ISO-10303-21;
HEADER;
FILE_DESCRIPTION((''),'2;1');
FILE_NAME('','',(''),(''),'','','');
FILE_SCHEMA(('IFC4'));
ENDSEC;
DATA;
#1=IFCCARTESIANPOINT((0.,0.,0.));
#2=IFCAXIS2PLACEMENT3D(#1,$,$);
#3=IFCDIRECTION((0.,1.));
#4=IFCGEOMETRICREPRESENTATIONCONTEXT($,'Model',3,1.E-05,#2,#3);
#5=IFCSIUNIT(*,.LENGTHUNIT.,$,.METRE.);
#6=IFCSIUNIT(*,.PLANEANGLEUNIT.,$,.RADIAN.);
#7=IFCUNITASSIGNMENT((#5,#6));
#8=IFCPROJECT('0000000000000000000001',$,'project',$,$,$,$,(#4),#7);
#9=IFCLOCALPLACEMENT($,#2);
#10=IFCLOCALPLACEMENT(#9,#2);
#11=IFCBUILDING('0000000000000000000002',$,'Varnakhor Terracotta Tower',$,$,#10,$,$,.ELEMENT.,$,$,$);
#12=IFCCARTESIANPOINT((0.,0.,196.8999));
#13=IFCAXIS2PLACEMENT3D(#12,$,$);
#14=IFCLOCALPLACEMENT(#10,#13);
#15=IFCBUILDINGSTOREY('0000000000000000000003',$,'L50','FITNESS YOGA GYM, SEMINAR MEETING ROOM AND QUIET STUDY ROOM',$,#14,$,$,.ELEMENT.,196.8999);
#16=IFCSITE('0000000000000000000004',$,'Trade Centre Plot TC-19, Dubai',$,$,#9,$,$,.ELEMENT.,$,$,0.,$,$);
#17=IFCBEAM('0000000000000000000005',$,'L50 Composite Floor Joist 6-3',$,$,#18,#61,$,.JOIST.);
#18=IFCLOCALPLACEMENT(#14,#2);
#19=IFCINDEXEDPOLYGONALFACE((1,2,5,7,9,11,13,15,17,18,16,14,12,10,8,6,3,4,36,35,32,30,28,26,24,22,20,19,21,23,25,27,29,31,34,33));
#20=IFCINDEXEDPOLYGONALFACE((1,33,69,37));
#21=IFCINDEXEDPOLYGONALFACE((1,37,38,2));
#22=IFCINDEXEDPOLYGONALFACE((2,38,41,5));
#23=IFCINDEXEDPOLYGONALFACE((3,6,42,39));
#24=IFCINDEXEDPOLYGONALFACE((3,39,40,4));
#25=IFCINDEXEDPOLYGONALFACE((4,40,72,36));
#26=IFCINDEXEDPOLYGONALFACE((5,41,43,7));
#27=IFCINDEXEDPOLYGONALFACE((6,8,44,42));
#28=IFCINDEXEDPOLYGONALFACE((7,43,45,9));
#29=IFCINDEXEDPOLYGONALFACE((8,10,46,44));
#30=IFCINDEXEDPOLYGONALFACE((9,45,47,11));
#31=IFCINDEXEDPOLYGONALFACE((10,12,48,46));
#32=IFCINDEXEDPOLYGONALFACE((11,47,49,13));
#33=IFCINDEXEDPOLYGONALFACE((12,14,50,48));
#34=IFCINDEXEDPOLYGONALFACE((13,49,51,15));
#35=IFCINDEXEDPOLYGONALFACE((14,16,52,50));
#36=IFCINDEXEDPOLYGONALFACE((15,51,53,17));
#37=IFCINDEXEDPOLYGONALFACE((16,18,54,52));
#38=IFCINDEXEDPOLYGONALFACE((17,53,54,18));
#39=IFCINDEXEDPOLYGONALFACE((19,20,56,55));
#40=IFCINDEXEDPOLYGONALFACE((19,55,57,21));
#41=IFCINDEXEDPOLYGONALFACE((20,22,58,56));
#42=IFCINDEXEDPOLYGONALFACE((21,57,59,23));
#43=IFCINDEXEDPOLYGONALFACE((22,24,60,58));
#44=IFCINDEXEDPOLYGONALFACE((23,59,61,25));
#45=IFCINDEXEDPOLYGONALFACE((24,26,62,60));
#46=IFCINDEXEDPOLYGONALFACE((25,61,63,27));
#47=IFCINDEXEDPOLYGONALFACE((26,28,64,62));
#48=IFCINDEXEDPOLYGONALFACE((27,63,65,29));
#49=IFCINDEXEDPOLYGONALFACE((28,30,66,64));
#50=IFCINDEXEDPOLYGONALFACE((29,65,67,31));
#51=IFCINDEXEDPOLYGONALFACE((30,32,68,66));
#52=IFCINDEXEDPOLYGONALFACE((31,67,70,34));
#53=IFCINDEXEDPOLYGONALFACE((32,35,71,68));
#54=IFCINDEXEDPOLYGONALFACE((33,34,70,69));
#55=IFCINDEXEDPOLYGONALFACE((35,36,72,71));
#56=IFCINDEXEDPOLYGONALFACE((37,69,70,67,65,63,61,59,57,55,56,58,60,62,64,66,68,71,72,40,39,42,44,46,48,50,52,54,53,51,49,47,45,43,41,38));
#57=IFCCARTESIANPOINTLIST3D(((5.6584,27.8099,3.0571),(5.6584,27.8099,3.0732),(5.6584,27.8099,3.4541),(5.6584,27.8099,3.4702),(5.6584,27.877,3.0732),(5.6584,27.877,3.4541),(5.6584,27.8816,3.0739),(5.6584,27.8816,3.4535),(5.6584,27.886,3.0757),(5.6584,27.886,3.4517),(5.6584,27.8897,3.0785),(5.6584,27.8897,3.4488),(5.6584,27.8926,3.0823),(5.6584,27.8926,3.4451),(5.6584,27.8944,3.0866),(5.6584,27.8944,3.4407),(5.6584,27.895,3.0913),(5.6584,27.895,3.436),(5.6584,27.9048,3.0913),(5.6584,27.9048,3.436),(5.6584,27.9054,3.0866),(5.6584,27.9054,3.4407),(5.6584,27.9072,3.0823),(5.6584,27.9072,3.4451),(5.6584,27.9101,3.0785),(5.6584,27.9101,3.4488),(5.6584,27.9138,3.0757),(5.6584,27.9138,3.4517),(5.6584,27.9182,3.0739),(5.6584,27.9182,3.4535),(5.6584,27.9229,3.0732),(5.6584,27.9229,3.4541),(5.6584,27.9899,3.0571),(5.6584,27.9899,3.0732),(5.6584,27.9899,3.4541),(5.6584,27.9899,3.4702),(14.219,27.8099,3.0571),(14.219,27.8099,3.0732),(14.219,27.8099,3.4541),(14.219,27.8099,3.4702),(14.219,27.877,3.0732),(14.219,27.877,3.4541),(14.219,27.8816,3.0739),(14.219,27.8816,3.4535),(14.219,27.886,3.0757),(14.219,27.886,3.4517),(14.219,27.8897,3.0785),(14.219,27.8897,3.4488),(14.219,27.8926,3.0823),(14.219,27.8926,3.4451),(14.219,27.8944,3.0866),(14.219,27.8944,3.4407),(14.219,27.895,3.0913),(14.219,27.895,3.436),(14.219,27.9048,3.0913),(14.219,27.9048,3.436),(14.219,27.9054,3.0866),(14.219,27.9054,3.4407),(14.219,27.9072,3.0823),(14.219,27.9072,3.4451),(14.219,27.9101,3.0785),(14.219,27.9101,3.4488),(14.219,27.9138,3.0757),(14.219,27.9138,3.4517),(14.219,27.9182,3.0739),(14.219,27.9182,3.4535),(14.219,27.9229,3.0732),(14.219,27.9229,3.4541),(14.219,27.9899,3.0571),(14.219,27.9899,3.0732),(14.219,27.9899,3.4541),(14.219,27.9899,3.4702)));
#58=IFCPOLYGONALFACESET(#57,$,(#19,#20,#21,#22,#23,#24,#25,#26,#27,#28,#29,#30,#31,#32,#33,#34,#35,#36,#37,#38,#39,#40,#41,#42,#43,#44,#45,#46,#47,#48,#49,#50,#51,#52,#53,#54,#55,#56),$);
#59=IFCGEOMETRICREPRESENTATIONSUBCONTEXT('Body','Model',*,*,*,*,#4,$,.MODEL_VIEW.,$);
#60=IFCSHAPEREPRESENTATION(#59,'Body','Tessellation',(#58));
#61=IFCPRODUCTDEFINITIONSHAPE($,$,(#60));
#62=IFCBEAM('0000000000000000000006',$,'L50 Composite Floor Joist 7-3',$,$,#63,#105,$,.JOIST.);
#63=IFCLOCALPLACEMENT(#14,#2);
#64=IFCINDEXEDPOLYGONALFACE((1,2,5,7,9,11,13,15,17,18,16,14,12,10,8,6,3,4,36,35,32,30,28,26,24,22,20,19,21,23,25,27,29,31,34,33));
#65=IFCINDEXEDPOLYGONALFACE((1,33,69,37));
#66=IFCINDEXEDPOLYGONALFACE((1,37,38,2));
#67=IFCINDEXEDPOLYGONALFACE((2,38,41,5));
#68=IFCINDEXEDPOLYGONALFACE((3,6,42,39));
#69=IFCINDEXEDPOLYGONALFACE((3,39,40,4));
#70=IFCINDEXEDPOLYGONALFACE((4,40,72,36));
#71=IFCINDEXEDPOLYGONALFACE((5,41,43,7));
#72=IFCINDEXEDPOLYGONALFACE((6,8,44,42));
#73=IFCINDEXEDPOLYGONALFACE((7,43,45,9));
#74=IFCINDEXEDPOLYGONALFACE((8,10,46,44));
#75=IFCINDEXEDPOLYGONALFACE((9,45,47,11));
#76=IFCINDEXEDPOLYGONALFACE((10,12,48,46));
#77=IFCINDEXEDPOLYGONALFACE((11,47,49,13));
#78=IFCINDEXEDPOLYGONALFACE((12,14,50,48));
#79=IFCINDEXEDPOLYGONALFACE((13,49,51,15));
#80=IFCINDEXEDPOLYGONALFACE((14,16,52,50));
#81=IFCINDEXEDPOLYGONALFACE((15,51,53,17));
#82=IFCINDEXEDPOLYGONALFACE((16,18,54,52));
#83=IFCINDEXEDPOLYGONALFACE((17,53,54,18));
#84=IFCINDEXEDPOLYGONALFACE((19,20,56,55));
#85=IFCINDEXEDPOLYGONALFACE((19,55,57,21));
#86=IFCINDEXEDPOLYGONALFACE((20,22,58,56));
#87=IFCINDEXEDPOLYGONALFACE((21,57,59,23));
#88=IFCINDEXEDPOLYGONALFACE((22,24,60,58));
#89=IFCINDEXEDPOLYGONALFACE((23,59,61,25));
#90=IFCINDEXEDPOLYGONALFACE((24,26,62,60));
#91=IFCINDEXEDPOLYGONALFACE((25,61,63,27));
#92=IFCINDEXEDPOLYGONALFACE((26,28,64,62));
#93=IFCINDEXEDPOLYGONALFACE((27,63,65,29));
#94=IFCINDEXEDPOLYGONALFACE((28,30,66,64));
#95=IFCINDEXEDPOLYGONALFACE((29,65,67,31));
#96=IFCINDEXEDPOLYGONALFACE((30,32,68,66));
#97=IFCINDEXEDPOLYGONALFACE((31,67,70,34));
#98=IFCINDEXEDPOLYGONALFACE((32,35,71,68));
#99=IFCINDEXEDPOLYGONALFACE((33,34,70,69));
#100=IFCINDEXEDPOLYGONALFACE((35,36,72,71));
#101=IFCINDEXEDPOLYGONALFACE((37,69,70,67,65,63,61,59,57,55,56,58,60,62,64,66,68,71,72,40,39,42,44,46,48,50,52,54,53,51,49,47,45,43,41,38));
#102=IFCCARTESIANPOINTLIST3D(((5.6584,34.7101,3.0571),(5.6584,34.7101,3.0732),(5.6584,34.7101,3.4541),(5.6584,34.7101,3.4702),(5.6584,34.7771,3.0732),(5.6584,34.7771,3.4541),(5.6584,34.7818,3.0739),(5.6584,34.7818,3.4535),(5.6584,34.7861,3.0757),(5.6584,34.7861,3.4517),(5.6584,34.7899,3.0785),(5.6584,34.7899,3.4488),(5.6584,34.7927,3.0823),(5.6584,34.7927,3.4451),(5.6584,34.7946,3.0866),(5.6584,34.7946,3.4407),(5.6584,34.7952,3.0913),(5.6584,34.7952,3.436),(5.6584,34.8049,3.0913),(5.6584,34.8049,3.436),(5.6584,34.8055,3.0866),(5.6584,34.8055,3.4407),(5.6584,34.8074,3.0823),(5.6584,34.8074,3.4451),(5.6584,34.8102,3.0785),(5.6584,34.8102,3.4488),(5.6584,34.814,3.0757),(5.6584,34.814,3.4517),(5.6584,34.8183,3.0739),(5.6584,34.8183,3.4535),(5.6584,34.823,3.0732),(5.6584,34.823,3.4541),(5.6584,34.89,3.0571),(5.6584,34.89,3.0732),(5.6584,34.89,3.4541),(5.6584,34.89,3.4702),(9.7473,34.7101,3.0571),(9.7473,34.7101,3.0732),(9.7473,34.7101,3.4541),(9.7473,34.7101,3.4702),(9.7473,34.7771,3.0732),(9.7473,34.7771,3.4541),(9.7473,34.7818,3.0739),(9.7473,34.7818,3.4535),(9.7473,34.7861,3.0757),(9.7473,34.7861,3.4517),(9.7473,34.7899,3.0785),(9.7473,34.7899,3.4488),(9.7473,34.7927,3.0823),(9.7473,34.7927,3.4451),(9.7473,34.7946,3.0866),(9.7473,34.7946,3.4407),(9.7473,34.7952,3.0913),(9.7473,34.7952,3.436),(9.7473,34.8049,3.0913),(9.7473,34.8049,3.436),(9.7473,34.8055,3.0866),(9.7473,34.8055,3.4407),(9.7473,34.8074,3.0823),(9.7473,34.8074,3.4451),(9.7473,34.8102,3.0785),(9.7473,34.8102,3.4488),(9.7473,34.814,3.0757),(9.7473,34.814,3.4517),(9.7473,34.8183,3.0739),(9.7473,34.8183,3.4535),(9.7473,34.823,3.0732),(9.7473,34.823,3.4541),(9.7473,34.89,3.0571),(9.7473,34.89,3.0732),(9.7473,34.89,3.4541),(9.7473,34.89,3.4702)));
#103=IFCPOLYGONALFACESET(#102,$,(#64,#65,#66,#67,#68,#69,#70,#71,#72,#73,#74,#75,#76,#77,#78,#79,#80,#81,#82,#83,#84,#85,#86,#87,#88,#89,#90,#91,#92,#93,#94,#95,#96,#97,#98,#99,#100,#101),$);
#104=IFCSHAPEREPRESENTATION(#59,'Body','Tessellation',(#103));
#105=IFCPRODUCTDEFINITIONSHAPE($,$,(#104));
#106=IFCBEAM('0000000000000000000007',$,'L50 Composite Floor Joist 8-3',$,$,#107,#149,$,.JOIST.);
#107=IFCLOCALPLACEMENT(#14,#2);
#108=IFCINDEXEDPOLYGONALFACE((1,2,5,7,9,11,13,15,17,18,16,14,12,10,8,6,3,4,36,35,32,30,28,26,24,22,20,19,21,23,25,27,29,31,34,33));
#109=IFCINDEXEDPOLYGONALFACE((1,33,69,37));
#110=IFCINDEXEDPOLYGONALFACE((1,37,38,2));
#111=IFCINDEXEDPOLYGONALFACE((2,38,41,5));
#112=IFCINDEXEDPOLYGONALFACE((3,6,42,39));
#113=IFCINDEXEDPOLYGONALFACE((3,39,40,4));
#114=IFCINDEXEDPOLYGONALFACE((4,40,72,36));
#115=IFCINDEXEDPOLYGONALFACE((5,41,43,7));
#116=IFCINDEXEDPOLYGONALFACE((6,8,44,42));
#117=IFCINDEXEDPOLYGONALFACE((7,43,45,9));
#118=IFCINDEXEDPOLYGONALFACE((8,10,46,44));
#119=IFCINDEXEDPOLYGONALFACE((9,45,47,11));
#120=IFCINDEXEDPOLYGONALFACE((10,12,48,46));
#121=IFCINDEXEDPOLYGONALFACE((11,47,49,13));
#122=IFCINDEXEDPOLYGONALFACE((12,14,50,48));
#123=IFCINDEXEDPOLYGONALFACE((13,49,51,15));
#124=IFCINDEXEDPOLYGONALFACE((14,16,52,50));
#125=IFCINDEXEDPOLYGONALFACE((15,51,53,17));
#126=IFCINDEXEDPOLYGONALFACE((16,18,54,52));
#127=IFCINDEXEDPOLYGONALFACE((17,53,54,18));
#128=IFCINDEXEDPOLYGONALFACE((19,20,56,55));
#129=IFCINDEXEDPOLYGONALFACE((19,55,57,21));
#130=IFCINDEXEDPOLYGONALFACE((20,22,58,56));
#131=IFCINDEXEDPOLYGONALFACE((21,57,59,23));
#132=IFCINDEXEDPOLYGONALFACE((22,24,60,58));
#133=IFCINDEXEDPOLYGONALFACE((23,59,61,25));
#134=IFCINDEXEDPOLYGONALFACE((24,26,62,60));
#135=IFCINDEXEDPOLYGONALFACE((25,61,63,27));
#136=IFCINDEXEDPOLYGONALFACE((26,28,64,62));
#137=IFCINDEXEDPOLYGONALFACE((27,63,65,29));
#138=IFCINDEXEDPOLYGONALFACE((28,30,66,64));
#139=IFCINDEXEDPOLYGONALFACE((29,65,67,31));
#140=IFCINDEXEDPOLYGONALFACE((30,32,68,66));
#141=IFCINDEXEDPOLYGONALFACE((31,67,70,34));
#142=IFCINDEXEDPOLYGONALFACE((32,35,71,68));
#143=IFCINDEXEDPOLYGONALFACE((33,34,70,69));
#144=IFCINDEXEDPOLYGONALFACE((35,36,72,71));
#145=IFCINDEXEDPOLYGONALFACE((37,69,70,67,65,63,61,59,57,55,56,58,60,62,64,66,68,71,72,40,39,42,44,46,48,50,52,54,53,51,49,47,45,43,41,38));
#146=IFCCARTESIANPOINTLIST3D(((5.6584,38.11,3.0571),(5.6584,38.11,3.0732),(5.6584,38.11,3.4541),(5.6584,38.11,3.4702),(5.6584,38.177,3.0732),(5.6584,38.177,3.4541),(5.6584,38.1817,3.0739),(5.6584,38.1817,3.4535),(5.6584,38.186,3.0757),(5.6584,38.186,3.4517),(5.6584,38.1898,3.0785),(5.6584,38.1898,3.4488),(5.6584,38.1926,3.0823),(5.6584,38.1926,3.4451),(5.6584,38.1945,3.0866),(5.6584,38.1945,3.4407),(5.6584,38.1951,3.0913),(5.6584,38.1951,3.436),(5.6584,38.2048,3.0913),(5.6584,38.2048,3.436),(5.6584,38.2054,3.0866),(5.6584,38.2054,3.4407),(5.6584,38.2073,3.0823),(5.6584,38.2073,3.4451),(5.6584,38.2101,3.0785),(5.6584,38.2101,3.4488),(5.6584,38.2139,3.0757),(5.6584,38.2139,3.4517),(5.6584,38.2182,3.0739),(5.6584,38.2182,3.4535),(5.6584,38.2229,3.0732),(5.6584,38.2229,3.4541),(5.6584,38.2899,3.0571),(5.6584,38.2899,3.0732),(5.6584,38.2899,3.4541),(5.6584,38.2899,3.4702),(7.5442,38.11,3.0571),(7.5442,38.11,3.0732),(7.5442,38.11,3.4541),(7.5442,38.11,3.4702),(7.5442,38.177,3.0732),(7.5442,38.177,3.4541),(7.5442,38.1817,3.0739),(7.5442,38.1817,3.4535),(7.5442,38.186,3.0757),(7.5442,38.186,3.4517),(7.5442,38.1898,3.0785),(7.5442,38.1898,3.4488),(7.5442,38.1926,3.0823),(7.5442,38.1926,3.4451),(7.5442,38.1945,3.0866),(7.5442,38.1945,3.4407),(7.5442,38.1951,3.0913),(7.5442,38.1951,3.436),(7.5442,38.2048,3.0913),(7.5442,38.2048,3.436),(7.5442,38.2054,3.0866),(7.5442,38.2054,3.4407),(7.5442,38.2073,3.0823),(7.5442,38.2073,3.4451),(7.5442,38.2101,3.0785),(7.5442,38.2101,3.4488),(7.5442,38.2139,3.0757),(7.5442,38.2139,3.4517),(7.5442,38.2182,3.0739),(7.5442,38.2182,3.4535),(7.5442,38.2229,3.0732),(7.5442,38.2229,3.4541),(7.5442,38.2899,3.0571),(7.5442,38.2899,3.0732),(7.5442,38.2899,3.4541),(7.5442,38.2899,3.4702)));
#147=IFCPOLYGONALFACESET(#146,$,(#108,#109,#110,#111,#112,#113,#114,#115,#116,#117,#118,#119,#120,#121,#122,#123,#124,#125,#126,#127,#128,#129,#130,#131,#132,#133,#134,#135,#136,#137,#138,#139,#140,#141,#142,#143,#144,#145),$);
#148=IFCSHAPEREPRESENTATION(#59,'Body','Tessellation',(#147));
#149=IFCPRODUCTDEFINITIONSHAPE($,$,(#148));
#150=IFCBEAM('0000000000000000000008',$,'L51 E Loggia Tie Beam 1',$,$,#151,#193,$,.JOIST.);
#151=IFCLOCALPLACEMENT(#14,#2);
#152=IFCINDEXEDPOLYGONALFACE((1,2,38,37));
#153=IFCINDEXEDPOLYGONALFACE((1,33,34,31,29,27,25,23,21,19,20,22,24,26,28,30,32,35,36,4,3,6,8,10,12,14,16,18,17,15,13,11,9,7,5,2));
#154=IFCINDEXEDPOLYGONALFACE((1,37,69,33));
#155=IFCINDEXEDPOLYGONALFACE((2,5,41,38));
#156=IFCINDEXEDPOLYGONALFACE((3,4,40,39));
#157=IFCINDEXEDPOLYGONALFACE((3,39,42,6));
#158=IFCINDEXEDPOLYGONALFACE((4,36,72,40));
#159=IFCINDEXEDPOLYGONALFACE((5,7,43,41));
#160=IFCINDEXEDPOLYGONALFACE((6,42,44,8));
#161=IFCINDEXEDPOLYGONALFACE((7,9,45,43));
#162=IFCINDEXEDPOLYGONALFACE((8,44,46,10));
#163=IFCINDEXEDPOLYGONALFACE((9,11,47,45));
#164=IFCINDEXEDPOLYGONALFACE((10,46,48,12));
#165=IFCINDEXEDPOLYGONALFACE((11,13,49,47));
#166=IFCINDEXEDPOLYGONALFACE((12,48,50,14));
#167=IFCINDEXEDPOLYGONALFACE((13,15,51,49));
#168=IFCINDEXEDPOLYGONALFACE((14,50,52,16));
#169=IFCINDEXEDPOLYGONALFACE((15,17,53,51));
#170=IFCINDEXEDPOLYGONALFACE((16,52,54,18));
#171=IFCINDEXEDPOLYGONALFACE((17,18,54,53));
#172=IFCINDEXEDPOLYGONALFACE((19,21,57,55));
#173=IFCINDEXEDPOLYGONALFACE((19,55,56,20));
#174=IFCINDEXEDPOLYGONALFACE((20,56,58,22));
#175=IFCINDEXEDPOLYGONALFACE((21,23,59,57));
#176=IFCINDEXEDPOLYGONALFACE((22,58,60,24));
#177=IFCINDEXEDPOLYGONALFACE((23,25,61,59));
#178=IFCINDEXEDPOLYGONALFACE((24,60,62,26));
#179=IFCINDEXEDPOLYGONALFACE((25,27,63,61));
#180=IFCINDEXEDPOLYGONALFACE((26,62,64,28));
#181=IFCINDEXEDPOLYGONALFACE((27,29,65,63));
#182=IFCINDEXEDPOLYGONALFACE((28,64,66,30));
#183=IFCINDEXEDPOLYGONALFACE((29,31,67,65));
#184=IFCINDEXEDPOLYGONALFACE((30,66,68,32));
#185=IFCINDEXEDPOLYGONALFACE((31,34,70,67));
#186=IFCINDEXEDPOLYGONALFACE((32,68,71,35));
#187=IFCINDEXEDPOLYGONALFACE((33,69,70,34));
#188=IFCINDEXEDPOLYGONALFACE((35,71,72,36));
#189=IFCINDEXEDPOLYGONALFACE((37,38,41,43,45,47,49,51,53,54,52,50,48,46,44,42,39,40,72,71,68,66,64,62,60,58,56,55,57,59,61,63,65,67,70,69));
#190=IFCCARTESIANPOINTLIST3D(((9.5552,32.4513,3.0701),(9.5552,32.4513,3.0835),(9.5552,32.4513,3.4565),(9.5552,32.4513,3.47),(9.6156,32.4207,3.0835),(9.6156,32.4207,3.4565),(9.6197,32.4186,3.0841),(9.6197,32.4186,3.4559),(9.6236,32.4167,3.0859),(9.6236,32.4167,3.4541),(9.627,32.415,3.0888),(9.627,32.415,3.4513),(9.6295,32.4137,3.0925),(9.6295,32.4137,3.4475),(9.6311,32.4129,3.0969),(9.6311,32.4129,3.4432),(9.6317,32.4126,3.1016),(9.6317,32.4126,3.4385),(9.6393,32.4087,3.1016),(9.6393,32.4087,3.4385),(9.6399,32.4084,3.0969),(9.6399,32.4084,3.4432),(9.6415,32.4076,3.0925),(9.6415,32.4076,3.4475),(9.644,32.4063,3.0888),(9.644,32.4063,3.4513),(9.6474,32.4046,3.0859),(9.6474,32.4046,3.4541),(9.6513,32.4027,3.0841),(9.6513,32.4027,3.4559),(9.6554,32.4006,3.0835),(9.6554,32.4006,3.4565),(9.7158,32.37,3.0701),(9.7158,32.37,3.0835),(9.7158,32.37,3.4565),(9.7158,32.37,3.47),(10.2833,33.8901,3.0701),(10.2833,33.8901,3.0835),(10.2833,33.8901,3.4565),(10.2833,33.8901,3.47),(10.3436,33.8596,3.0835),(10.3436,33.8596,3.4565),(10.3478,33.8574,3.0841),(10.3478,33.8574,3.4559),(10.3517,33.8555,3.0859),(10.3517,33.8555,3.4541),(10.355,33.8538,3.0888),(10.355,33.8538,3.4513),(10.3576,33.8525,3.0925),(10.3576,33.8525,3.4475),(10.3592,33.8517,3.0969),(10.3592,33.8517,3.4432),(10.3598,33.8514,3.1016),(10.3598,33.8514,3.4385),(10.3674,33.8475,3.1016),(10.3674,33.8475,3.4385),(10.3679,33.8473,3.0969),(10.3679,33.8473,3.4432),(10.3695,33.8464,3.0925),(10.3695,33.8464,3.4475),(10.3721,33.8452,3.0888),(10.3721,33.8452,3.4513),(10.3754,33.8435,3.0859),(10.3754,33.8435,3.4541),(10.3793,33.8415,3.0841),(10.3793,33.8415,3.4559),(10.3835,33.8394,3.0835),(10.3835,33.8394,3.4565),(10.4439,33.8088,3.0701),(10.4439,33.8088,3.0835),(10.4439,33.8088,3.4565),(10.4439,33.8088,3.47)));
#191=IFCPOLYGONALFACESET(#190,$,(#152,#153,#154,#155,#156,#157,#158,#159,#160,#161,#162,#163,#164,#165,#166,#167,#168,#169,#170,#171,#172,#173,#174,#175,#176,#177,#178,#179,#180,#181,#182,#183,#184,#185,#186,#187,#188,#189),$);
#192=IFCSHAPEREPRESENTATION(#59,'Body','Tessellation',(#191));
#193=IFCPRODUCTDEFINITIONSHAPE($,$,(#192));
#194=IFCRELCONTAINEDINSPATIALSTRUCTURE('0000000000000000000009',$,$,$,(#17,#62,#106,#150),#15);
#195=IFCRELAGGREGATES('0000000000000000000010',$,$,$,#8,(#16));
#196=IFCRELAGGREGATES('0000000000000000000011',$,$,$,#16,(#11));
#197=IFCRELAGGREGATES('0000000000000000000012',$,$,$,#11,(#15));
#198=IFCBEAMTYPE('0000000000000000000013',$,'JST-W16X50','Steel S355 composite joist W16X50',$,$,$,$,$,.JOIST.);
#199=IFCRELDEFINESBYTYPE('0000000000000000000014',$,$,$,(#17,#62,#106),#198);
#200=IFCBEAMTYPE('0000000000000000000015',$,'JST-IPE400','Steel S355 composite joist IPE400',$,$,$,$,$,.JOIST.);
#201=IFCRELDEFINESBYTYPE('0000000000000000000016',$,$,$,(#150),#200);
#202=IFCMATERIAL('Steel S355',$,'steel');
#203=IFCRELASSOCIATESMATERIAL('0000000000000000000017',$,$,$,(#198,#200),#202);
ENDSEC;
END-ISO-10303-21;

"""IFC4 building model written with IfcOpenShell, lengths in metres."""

from ifc_helpers import new_model, si_unit, direction, frame, origin, origin_2d, place, context, subcontext, project, spatial, i_section, extrude, source, transform, mapped, material, material_profile, profile_set, type_object, element, save


model = new_model("IFC4")

# Units and contexts
model_context = context("Model", 3, precision=1e-05, world=origin(), true_north=direction((0.0, 1.0)))
body_context = subcontext(model_context, "Body", "Model", "MODEL_VIEW")
ifc_project = project(units=[si_unit("LENGTHUNIT", "METRE"), si_unit("PLANEANGLEUNIT", "RADIAN")], contexts=[model_context])

# Site, building, storey
site_placement = place(None, origin())
site = spatial("IfcSite", under=ifc_project, at=site_placement, Name="Trade Centre Plot TC-19, Dubai", CompositionType="ELEMENT", RefElevation=0.0)
building_placement = place(site_placement, origin())
building = spatial("IfcBuilding", under=site, at=building_placement, Name="Varnakhor Terracotta Tower", CompositionType="ELEMENT")
storey_placement = place(building_placement, frame((0.0, 0.0, 196.8999)))
storey = spatial("IfcBuildingStorey", under=building, at=storey_placement, Name="L50", Description="FITNESS YOGA GYM, SEMINAR MEETING ROOM AND QUIET STUDY ROOM", CompositionType="ELEMENT", Elevation=196.8999)

# Beams
ifc_material_1 = material(Name="Steel S355", Category="steel")
ifc_material_profile_1 = material_profile(ifc_material_1, i_section(OverallWidth=0.1799, OverallDepth=0.4131, WebThickness=0.0098, FlangeThickness=0.0161, FilletRadius=0.0181, at=origin_2d()), Name="W16X50")
ifc_profile_set_1 = profile_set([ifc_material_profile_1], Name="Steel S355")
beam_type_1 = type_object("IfcBeamType", Name="JST-W16X50", Description="Steel S355 composite joist W16X50", PredefinedType="JOIST", material=ifc_profile_set_1)
shared_shape_1 = source(origin(), body_context, "Body", "SweptSolid", [
    extrude(i_section(OverallWidth=0.1799, OverallDepth=0.4131, WebThickness=0.0098, FlangeThickness=0.0161, FilletRadius=0.0181, at=origin_2d()), origin(), (0.0, 0.0, 1.0), 8.5605),
])
beam_1_placement = place(storey_placement, frame((5.6584, 27.8999, 3.2637), z_axis=(1.0, 0.0, 0.0), x_axis=(0.0, 1.0, 0.0)))
element("IfcBeam", 1, at=beam_1_placement, inside=storey, type_object=beam_type_1, Name="L50 Composite Floor Joist 6-3", PredefinedType="JOIST", context=body_context, shape_type="MappedRepresentation", body=[
    mapped(shared_shape_1, transform((0.0, 0.0, 0.0), scale=1.0)),
])
shared_shape_2 = source(origin(), body_context, "Body", "SweptSolid", [
    extrude(i_section(OverallWidth=0.1799, OverallDepth=0.4131, WebThickness=0.0098, FlangeThickness=0.0161, FilletRadius=0.0181, at=origin_2d()), origin(), (0.0, 0.0, 1.0), 4.0889),
])
beam_2_placement = place(storey_placement, frame((5.6584, 34.8, 3.2637), z_axis=(1.0, 0.0, 0.0), x_axis=(0.0, 1.0, 0.0)))
element("IfcBeam", 2, at=beam_2_placement, inside=storey, type_object=beam_type_1, Name="L50 Composite Floor Joist 7-3", PredefinedType="JOIST", context=body_context, shape_type="MappedRepresentation", body=[
    mapped(shared_shape_2, transform((0.0, 0.0, 0.0), scale=1.0)),
])
shared_shape_3 = source(origin(), body_context, "Body", "SweptSolid", [
    extrude(i_section(OverallWidth=0.1799, OverallDepth=0.4131, WebThickness=0.0098, FlangeThickness=0.0161, FilletRadius=0.0181, at=origin_2d()), origin(), (0.0, 0.0, 1.0), 1.8857),
])
beam_3_placement = place(storey_placement, frame((5.6584, 38.2, 3.2637), z_axis=(1.0, 0.0, 0.0), x_axis=(0.0, 1.0, 0.0)))
element("IfcBeam", 3, at=beam_3_placement, inside=storey, type_object=beam_type_1, Name="L50 Composite Floor Joist 8-3", PredefinedType="JOIST", context=body_context, shape_type="MappedRepresentation", body=[
    mapped(shared_shape_3, transform((0.0, 0.0, 0.0), scale=1.0)),
])
ifc_material_profile_2 = material_profile(ifc_material_1, i_section(OverallWidth=0.1799, OverallDepth=0.3999, WebThickness=0.0085, FlangeThickness=0.0134, FilletRadius=0.0181, at=origin_2d()), Name="IPE400")
ifc_profile_set_2 = profile_set([ifc_material_profile_2], Name="Steel S355")
beam_type_2 = type_object("IfcBeamType", Name="JST-IPE400", Description="Steel S355 composite joist IPE400", PredefinedType="JOIST", material=ifc_profile_set_2)
shared_shape_4 = source(origin(), body_context, "Body", "SweptSolid", [
    extrude(i_section(OverallWidth=0.1799, OverallDepth=0.3999, WebThickness=0.0085, FlangeThickness=0.0134, FilletRadius=0.0181, at=origin_2d()), origin(), (0.0, 0.0, 1.0), 1.6125),
])
beam_4_placement = place(storey_placement, frame((9.6355, 32.4106, 3.27), z_axis=(0.451509, 0.892267, 0.0), x_axis=(-0.892267, 0.451509, 0.0)))
element("IfcBeam", 4, at=beam_4_placement, inside=storey, type_object=beam_type_2, Name="L51 E Loggia Tie Beam 1", PredefinedType="JOIST", context=body_context, shape_type="MappedRepresentation", body=[
    mapped(shared_shape_4, transform((0.0, 0.0, 0.0), scale=1.0)),
])

save(model, "model.ifc")
